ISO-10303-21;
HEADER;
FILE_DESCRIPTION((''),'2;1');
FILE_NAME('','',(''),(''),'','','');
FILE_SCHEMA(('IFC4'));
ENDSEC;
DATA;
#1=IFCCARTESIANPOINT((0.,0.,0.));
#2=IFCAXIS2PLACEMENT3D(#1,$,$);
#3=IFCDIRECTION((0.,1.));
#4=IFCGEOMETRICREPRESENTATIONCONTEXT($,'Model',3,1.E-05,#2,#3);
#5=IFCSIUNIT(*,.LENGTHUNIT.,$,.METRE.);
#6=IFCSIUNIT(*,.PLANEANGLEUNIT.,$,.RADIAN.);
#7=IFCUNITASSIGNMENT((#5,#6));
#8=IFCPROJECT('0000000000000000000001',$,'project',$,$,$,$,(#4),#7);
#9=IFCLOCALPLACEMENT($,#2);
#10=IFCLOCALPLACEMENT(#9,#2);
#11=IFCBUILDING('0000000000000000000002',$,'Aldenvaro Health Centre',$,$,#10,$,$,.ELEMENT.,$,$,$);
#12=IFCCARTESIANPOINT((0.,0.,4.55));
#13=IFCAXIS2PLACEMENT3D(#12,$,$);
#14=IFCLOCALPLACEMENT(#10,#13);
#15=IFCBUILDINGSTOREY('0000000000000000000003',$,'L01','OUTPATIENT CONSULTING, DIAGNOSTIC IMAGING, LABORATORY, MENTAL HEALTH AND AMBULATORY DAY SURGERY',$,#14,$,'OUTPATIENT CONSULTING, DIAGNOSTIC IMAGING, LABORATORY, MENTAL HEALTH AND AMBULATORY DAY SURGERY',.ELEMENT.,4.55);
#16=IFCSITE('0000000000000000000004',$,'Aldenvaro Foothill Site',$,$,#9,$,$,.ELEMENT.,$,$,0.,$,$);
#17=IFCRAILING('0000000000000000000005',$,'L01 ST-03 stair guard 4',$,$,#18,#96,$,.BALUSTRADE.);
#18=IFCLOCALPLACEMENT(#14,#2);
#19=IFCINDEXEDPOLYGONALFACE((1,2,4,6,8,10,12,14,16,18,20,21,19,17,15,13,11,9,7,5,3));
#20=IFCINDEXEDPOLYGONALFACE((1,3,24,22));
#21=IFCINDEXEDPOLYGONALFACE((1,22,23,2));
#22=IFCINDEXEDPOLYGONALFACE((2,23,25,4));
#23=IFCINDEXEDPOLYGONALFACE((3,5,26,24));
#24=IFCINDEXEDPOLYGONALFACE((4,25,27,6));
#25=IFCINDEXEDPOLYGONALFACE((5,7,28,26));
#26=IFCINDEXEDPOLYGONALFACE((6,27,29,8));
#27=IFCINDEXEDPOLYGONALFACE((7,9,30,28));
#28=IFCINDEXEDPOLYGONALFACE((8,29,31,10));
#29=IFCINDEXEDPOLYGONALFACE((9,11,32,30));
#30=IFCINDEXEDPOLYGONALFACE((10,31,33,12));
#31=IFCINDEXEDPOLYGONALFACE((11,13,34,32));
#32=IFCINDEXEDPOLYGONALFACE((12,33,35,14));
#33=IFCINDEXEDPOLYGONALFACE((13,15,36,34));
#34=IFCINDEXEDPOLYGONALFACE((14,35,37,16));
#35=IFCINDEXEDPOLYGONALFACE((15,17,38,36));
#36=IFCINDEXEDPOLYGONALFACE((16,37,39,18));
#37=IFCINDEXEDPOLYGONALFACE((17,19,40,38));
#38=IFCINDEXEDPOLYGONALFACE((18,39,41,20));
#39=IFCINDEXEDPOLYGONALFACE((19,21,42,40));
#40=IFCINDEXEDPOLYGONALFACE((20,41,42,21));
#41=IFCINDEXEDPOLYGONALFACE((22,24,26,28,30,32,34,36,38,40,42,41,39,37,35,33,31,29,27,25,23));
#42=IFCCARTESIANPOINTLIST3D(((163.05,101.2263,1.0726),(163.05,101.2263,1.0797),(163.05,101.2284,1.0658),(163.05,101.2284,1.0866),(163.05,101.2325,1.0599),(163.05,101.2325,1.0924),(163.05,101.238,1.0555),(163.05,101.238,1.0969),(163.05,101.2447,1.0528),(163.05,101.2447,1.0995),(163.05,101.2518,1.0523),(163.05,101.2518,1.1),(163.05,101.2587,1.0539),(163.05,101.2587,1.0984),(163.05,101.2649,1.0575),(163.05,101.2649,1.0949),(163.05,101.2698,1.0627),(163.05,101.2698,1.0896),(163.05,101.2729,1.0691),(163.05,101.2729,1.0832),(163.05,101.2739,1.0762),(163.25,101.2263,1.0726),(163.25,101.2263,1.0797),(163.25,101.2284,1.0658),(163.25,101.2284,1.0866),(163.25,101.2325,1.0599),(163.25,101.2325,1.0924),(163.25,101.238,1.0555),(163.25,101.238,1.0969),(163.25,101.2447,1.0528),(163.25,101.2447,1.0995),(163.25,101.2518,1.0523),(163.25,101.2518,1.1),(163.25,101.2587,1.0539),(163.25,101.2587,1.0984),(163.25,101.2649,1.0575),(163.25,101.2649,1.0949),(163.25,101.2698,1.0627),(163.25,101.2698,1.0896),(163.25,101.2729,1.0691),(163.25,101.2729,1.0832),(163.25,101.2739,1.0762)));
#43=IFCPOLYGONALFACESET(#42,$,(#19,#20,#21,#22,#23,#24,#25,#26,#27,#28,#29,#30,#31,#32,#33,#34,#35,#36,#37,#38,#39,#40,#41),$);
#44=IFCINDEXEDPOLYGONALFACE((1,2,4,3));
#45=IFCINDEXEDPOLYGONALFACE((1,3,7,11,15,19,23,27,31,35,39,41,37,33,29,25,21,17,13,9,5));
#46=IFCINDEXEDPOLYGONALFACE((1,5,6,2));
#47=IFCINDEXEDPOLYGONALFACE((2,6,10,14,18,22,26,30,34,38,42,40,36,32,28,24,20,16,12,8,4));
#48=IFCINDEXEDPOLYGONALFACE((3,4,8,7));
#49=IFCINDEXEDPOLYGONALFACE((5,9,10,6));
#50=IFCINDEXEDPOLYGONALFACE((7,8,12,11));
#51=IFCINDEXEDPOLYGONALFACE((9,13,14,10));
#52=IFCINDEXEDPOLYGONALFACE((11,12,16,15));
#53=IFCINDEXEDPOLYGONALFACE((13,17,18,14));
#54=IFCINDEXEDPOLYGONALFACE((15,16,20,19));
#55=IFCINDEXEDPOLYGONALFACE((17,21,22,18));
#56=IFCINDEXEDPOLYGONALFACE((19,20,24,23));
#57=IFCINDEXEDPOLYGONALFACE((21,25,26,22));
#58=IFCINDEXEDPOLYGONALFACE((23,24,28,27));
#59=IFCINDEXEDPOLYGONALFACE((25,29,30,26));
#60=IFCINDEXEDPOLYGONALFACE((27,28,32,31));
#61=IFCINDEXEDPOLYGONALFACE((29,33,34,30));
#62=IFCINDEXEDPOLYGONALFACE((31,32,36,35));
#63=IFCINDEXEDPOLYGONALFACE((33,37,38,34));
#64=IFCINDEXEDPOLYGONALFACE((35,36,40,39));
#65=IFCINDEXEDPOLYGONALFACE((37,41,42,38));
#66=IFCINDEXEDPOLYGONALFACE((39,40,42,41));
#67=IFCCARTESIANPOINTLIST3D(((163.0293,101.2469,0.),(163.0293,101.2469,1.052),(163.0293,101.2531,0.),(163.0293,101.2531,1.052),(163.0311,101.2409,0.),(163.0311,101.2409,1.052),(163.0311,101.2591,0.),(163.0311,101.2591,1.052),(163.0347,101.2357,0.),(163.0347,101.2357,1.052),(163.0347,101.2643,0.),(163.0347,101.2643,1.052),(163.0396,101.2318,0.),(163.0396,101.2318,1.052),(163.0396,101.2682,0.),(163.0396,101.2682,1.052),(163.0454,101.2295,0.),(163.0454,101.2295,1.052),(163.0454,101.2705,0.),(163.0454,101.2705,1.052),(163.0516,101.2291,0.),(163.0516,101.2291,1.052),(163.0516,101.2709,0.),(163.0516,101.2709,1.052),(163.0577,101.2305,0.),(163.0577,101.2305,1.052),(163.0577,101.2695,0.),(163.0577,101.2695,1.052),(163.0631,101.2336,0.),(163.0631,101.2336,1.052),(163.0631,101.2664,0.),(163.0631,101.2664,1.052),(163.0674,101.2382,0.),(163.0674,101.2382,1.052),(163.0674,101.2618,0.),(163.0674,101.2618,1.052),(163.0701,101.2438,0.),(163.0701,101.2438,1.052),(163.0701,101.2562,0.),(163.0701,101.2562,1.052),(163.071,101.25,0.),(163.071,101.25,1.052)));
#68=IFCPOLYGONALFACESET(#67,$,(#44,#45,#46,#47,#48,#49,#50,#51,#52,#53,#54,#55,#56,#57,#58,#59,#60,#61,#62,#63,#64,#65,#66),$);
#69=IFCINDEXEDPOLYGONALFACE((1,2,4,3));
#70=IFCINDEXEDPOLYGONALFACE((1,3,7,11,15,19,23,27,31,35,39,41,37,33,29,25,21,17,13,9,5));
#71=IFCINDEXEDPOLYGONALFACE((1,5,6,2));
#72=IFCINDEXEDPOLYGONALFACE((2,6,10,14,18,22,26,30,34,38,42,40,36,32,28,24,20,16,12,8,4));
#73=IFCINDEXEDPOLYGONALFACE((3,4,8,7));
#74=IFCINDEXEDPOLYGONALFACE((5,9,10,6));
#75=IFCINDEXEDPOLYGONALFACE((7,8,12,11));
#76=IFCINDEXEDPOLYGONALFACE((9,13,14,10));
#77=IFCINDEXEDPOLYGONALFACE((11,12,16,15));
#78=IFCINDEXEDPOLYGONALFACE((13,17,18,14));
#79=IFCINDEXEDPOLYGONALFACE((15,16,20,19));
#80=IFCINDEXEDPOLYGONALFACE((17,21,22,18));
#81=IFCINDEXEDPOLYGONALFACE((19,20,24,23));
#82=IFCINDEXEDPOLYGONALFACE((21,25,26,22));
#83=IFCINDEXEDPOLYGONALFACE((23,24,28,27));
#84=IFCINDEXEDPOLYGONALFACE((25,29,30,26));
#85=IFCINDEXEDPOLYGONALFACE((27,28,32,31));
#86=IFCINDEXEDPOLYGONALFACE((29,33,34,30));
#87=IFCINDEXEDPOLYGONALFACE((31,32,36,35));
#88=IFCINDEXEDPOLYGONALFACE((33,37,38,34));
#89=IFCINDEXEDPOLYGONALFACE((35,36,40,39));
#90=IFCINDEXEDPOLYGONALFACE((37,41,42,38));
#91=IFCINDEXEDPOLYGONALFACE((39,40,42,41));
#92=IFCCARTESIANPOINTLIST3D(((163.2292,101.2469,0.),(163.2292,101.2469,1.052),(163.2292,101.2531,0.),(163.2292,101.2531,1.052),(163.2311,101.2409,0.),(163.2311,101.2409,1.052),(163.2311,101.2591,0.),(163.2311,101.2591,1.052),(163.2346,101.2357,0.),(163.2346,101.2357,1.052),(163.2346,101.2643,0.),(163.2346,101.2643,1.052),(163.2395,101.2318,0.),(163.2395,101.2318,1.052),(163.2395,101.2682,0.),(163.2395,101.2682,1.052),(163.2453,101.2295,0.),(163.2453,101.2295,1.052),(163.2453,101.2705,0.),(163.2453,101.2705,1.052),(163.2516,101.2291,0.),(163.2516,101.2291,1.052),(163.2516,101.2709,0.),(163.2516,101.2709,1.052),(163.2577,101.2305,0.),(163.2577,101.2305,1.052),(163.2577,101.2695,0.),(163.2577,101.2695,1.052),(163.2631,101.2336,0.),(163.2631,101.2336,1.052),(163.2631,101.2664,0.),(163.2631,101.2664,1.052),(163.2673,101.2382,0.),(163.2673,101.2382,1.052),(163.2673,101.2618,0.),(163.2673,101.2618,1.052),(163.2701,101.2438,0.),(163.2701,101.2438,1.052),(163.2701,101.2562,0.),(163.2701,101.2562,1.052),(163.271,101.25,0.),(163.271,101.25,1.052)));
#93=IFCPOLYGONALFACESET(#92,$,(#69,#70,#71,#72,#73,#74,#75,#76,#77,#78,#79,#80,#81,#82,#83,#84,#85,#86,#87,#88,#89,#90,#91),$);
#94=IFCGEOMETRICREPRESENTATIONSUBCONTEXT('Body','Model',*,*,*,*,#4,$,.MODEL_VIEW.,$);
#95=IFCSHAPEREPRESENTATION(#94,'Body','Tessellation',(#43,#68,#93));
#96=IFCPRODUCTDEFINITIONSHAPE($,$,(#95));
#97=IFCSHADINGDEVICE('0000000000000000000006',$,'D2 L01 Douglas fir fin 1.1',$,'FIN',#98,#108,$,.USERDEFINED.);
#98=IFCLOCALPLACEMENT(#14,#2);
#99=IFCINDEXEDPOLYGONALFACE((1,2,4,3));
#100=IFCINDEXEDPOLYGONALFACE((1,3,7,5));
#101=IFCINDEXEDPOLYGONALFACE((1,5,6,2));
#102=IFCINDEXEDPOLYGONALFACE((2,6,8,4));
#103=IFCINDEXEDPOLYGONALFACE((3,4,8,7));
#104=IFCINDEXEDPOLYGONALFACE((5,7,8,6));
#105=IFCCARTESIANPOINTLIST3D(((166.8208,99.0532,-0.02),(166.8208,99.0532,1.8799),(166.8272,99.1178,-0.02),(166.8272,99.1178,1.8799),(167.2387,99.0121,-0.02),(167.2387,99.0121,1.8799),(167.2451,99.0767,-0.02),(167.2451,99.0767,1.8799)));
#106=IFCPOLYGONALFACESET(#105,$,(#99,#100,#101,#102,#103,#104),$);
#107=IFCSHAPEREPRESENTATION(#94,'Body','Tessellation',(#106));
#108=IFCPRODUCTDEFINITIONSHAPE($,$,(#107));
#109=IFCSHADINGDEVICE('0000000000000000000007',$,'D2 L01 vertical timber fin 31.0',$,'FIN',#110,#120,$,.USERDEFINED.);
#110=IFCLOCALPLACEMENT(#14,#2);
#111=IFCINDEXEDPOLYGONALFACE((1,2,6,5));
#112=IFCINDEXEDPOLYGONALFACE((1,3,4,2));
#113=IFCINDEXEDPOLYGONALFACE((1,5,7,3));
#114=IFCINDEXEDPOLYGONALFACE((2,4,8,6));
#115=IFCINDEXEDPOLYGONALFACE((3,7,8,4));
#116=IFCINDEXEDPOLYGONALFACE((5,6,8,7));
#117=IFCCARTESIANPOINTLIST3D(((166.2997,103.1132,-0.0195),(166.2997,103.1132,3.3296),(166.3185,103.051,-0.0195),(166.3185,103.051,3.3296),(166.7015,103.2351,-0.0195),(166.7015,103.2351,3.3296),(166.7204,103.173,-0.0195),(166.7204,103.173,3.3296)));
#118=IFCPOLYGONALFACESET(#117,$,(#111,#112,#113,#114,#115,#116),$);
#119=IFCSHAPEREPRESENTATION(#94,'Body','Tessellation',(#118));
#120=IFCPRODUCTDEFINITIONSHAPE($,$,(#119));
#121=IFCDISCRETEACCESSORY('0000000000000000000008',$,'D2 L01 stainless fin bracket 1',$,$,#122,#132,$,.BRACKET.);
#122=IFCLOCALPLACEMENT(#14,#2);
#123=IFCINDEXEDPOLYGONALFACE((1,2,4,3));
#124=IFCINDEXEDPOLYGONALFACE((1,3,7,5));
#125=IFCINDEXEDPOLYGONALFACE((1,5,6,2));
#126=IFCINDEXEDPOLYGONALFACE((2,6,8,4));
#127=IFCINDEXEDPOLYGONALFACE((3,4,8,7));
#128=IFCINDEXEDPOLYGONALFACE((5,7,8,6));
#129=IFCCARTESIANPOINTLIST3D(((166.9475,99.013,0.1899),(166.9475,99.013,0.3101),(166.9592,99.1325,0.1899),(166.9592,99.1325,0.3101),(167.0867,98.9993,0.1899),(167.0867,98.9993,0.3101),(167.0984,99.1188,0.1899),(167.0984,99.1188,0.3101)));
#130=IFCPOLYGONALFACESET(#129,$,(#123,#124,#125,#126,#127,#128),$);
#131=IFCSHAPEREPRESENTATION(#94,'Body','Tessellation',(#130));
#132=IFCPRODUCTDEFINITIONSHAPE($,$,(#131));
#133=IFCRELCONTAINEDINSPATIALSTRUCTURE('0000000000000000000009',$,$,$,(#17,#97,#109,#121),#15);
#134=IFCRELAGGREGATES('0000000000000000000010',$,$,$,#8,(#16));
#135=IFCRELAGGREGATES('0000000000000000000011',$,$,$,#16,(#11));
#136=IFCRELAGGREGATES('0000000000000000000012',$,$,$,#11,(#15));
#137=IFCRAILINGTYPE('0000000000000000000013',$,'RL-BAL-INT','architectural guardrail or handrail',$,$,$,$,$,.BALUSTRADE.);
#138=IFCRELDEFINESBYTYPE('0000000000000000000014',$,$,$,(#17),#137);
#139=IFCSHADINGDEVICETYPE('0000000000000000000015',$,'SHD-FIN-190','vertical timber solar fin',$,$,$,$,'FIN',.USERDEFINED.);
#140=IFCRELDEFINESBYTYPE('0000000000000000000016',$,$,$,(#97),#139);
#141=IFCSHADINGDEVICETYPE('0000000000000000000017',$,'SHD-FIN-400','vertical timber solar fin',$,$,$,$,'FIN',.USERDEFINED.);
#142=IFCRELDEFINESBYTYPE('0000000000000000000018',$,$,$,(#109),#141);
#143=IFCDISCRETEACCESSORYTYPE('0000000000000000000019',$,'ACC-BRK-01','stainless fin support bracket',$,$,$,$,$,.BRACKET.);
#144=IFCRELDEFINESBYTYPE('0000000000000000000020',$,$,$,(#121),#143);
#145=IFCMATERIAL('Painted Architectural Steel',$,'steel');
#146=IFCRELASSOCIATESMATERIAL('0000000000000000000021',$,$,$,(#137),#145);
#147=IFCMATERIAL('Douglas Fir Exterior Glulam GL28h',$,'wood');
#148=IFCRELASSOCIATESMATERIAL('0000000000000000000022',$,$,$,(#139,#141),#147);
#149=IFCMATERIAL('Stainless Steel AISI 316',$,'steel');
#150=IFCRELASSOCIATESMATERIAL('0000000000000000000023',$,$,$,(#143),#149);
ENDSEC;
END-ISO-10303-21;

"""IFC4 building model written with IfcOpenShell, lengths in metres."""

from ifc_helpers import new_model, si_unit, direction, frame, origin, origin_2d, place, context, subcontext, project, spatial, rectangle, circle, extrude, material, type_object, element, save


model = new_model("IFC4")

# Units and contexts
model_context = context("Model", 3, precision=1e-05, world=origin(), true_north=direction((0.0, 1.0)))
body_context = subcontext(model_context, "Body", "Model", "MODEL_VIEW")
ifc_project = project(units=[si_unit("LENGTHUNIT", "METRE"), si_unit("PLANEANGLEUNIT", "RADIAN")], contexts=[model_context])

# Site, building, storey
site_placement = place(None, origin())
site = spatial("IfcSite", under=ifc_project, at=site_placement, Name="Aldenvaro Foothill Site", CompositionType="ELEMENT", RefElevation=0.0)
building_placement = place(site_placement, origin())
building = spatial("IfcBuilding", under=site, at=building_placement, Name="Aldenvaro Health Centre", CompositionType="ELEMENT")
storey_placement = place(building_placement, frame((0.0, 0.0, 4.55)))
storey = spatial("IfcBuildingStorey", under=building, at=storey_placement, Name="L01", Description="OUTPATIENT CONSULTING, DIAGNOSTIC IMAGING, LABORATORY, MENTAL HEALTH AND AMBULATORY DAY SURGERY", LongName="OUTPATIENT CONSULTING, DIAGNOSTIC IMAGING, LABORATORY, MENTAL HEALTH AND AMBULATORY DAY SURGERY", CompositionType="ELEMENT", Elevation=4.55)

# Railing
ifc_material_1 = material(Name="Painted Architectural Steel", Category="steel")
railing_type = type_object("IfcRailingType", Name="RL-BAL-INT", Description="architectural guardrail or handrail", PredefinedType="BALUSTRADE", material=ifc_material_1)
railing_1_placement = place(storey_placement, frame((163.05, 101.25, 0.0)))
element("IfcRailing", 1, at=railing_1_placement, inside=storey, type_object=railing_type, Name="L01 ST-03 stair guard 4", PredefinedType="BALUSTRADE", context=body_context, shape_type="SweptSolid", body=[
    extrude(circle(Radius=0.0239, at=origin_2d()), frame((0.0, 0.0, 1.0762), z_axis=(1.0, 0.0, 0.0), x_axis=(0.0, 1.0, 0.0)), (0.0, 0.0, 1.0), 0.2),
    extrude(circle(Radius=0.021, at=origin_2d()), origin(), (0.0, 0.0, 1.0), 1.052),
    extrude(circle(Radius=0.021, at=origin_2d()), frame((0.2, 0.0, 0.0)), (0.0, 0.0, 1.0), 1.052),
])

# Shading devices
ifc_material_2 = material(Name="Douglas Fir Exterior Glulam GL28h", Category="wood")
shading_device_type_1 = type_object("IfcShadingDeviceType", Name="SHD-FIN-190", Description="vertical timber solar fin", ElementType="FIN", PredefinedType="USERDEFINED", material=ifc_material_2)
shading_device_1_placement = place(storey_placement, frame((167.033, 99.0649, -0.02), z_axis=(0.0, 0.0, 1.0), x_axis=(-0.097915, -0.995195, 0.0)))
element("IfcShadingDevice", 2, at=shading_device_1_placement, inside=storey, type_object=shading_device_type_1, Name="D2 L01 Douglas fir fin 1.1", ObjectType="FIN", PredefinedType="USERDEFINED", context=body_context, shape_type="SweptSolid", body=[
    extrude(rectangle(XDim=0.0649, YDim=0.4199, at=origin_2d()), origin(), (0.0, 0.0, 1.0), 1.8999),
])
shading_device_type_2 = type_object("IfcShadingDeviceType", Name="SHD-FIN-400", Description="vertical timber solar fin", ElementType="FIN", PredefinedType="USERDEFINED", material=ifc_material_2)
shading_device_2_placement = place(storey_placement, frame((166.51, 103.1431, -0.0195), z_axis=(0.0, 0.0, 1.0), x_axis=(0.290441, -0.956893, 0.0)))
element("IfcShadingDevice", 3, at=shading_device_2_placement, inside=storey, type_object=shading_device_type_2, Name="D2 L01 vertical timber fin 31.0", ObjectType="FIN", PredefinedType="USERDEFINED", context=body_context, shape_type="SweptSolid", body=[
    extrude(rectangle(XDim=0.0649, YDim=0.4199, at=origin_2d()), origin(), (0.0, 0.0, 1.0), 3.3491),
])

# Discrete accessory
ifc_material_3 = material(Name="Stainless Steel AISI 316", Category="steel")
discrete_accessory_type = type_object("IfcDiscreteAccessoryType", Name="ACC-BRK-01", Description="stainless fin support bracket", PredefinedType="BRACKET", material=ifc_material_3)
discrete_accessory_placement = place(storey_placement, frame((167.0229, 99.0659, 0.1899), z_axis=(0.0, 0.0, 1.0), x_axis=(-0.097915, -0.995195, 0.0)))
element("IfcDiscreteAccessory", 4, at=discrete_accessory_placement, inside=storey, type_object=discrete_accessory_type, Name="D2 L01 stainless fin bracket 1", PredefinedType="BRACKET", context=body_context, shape_type="SweptSolid", body=[
    extrude(rectangle(XDim=0.1201, YDim=0.1399, at=origin_2d()), origin(), (0.0, 0.0, 1.0), 0.1201),
])

save(model, "model.ifc")
